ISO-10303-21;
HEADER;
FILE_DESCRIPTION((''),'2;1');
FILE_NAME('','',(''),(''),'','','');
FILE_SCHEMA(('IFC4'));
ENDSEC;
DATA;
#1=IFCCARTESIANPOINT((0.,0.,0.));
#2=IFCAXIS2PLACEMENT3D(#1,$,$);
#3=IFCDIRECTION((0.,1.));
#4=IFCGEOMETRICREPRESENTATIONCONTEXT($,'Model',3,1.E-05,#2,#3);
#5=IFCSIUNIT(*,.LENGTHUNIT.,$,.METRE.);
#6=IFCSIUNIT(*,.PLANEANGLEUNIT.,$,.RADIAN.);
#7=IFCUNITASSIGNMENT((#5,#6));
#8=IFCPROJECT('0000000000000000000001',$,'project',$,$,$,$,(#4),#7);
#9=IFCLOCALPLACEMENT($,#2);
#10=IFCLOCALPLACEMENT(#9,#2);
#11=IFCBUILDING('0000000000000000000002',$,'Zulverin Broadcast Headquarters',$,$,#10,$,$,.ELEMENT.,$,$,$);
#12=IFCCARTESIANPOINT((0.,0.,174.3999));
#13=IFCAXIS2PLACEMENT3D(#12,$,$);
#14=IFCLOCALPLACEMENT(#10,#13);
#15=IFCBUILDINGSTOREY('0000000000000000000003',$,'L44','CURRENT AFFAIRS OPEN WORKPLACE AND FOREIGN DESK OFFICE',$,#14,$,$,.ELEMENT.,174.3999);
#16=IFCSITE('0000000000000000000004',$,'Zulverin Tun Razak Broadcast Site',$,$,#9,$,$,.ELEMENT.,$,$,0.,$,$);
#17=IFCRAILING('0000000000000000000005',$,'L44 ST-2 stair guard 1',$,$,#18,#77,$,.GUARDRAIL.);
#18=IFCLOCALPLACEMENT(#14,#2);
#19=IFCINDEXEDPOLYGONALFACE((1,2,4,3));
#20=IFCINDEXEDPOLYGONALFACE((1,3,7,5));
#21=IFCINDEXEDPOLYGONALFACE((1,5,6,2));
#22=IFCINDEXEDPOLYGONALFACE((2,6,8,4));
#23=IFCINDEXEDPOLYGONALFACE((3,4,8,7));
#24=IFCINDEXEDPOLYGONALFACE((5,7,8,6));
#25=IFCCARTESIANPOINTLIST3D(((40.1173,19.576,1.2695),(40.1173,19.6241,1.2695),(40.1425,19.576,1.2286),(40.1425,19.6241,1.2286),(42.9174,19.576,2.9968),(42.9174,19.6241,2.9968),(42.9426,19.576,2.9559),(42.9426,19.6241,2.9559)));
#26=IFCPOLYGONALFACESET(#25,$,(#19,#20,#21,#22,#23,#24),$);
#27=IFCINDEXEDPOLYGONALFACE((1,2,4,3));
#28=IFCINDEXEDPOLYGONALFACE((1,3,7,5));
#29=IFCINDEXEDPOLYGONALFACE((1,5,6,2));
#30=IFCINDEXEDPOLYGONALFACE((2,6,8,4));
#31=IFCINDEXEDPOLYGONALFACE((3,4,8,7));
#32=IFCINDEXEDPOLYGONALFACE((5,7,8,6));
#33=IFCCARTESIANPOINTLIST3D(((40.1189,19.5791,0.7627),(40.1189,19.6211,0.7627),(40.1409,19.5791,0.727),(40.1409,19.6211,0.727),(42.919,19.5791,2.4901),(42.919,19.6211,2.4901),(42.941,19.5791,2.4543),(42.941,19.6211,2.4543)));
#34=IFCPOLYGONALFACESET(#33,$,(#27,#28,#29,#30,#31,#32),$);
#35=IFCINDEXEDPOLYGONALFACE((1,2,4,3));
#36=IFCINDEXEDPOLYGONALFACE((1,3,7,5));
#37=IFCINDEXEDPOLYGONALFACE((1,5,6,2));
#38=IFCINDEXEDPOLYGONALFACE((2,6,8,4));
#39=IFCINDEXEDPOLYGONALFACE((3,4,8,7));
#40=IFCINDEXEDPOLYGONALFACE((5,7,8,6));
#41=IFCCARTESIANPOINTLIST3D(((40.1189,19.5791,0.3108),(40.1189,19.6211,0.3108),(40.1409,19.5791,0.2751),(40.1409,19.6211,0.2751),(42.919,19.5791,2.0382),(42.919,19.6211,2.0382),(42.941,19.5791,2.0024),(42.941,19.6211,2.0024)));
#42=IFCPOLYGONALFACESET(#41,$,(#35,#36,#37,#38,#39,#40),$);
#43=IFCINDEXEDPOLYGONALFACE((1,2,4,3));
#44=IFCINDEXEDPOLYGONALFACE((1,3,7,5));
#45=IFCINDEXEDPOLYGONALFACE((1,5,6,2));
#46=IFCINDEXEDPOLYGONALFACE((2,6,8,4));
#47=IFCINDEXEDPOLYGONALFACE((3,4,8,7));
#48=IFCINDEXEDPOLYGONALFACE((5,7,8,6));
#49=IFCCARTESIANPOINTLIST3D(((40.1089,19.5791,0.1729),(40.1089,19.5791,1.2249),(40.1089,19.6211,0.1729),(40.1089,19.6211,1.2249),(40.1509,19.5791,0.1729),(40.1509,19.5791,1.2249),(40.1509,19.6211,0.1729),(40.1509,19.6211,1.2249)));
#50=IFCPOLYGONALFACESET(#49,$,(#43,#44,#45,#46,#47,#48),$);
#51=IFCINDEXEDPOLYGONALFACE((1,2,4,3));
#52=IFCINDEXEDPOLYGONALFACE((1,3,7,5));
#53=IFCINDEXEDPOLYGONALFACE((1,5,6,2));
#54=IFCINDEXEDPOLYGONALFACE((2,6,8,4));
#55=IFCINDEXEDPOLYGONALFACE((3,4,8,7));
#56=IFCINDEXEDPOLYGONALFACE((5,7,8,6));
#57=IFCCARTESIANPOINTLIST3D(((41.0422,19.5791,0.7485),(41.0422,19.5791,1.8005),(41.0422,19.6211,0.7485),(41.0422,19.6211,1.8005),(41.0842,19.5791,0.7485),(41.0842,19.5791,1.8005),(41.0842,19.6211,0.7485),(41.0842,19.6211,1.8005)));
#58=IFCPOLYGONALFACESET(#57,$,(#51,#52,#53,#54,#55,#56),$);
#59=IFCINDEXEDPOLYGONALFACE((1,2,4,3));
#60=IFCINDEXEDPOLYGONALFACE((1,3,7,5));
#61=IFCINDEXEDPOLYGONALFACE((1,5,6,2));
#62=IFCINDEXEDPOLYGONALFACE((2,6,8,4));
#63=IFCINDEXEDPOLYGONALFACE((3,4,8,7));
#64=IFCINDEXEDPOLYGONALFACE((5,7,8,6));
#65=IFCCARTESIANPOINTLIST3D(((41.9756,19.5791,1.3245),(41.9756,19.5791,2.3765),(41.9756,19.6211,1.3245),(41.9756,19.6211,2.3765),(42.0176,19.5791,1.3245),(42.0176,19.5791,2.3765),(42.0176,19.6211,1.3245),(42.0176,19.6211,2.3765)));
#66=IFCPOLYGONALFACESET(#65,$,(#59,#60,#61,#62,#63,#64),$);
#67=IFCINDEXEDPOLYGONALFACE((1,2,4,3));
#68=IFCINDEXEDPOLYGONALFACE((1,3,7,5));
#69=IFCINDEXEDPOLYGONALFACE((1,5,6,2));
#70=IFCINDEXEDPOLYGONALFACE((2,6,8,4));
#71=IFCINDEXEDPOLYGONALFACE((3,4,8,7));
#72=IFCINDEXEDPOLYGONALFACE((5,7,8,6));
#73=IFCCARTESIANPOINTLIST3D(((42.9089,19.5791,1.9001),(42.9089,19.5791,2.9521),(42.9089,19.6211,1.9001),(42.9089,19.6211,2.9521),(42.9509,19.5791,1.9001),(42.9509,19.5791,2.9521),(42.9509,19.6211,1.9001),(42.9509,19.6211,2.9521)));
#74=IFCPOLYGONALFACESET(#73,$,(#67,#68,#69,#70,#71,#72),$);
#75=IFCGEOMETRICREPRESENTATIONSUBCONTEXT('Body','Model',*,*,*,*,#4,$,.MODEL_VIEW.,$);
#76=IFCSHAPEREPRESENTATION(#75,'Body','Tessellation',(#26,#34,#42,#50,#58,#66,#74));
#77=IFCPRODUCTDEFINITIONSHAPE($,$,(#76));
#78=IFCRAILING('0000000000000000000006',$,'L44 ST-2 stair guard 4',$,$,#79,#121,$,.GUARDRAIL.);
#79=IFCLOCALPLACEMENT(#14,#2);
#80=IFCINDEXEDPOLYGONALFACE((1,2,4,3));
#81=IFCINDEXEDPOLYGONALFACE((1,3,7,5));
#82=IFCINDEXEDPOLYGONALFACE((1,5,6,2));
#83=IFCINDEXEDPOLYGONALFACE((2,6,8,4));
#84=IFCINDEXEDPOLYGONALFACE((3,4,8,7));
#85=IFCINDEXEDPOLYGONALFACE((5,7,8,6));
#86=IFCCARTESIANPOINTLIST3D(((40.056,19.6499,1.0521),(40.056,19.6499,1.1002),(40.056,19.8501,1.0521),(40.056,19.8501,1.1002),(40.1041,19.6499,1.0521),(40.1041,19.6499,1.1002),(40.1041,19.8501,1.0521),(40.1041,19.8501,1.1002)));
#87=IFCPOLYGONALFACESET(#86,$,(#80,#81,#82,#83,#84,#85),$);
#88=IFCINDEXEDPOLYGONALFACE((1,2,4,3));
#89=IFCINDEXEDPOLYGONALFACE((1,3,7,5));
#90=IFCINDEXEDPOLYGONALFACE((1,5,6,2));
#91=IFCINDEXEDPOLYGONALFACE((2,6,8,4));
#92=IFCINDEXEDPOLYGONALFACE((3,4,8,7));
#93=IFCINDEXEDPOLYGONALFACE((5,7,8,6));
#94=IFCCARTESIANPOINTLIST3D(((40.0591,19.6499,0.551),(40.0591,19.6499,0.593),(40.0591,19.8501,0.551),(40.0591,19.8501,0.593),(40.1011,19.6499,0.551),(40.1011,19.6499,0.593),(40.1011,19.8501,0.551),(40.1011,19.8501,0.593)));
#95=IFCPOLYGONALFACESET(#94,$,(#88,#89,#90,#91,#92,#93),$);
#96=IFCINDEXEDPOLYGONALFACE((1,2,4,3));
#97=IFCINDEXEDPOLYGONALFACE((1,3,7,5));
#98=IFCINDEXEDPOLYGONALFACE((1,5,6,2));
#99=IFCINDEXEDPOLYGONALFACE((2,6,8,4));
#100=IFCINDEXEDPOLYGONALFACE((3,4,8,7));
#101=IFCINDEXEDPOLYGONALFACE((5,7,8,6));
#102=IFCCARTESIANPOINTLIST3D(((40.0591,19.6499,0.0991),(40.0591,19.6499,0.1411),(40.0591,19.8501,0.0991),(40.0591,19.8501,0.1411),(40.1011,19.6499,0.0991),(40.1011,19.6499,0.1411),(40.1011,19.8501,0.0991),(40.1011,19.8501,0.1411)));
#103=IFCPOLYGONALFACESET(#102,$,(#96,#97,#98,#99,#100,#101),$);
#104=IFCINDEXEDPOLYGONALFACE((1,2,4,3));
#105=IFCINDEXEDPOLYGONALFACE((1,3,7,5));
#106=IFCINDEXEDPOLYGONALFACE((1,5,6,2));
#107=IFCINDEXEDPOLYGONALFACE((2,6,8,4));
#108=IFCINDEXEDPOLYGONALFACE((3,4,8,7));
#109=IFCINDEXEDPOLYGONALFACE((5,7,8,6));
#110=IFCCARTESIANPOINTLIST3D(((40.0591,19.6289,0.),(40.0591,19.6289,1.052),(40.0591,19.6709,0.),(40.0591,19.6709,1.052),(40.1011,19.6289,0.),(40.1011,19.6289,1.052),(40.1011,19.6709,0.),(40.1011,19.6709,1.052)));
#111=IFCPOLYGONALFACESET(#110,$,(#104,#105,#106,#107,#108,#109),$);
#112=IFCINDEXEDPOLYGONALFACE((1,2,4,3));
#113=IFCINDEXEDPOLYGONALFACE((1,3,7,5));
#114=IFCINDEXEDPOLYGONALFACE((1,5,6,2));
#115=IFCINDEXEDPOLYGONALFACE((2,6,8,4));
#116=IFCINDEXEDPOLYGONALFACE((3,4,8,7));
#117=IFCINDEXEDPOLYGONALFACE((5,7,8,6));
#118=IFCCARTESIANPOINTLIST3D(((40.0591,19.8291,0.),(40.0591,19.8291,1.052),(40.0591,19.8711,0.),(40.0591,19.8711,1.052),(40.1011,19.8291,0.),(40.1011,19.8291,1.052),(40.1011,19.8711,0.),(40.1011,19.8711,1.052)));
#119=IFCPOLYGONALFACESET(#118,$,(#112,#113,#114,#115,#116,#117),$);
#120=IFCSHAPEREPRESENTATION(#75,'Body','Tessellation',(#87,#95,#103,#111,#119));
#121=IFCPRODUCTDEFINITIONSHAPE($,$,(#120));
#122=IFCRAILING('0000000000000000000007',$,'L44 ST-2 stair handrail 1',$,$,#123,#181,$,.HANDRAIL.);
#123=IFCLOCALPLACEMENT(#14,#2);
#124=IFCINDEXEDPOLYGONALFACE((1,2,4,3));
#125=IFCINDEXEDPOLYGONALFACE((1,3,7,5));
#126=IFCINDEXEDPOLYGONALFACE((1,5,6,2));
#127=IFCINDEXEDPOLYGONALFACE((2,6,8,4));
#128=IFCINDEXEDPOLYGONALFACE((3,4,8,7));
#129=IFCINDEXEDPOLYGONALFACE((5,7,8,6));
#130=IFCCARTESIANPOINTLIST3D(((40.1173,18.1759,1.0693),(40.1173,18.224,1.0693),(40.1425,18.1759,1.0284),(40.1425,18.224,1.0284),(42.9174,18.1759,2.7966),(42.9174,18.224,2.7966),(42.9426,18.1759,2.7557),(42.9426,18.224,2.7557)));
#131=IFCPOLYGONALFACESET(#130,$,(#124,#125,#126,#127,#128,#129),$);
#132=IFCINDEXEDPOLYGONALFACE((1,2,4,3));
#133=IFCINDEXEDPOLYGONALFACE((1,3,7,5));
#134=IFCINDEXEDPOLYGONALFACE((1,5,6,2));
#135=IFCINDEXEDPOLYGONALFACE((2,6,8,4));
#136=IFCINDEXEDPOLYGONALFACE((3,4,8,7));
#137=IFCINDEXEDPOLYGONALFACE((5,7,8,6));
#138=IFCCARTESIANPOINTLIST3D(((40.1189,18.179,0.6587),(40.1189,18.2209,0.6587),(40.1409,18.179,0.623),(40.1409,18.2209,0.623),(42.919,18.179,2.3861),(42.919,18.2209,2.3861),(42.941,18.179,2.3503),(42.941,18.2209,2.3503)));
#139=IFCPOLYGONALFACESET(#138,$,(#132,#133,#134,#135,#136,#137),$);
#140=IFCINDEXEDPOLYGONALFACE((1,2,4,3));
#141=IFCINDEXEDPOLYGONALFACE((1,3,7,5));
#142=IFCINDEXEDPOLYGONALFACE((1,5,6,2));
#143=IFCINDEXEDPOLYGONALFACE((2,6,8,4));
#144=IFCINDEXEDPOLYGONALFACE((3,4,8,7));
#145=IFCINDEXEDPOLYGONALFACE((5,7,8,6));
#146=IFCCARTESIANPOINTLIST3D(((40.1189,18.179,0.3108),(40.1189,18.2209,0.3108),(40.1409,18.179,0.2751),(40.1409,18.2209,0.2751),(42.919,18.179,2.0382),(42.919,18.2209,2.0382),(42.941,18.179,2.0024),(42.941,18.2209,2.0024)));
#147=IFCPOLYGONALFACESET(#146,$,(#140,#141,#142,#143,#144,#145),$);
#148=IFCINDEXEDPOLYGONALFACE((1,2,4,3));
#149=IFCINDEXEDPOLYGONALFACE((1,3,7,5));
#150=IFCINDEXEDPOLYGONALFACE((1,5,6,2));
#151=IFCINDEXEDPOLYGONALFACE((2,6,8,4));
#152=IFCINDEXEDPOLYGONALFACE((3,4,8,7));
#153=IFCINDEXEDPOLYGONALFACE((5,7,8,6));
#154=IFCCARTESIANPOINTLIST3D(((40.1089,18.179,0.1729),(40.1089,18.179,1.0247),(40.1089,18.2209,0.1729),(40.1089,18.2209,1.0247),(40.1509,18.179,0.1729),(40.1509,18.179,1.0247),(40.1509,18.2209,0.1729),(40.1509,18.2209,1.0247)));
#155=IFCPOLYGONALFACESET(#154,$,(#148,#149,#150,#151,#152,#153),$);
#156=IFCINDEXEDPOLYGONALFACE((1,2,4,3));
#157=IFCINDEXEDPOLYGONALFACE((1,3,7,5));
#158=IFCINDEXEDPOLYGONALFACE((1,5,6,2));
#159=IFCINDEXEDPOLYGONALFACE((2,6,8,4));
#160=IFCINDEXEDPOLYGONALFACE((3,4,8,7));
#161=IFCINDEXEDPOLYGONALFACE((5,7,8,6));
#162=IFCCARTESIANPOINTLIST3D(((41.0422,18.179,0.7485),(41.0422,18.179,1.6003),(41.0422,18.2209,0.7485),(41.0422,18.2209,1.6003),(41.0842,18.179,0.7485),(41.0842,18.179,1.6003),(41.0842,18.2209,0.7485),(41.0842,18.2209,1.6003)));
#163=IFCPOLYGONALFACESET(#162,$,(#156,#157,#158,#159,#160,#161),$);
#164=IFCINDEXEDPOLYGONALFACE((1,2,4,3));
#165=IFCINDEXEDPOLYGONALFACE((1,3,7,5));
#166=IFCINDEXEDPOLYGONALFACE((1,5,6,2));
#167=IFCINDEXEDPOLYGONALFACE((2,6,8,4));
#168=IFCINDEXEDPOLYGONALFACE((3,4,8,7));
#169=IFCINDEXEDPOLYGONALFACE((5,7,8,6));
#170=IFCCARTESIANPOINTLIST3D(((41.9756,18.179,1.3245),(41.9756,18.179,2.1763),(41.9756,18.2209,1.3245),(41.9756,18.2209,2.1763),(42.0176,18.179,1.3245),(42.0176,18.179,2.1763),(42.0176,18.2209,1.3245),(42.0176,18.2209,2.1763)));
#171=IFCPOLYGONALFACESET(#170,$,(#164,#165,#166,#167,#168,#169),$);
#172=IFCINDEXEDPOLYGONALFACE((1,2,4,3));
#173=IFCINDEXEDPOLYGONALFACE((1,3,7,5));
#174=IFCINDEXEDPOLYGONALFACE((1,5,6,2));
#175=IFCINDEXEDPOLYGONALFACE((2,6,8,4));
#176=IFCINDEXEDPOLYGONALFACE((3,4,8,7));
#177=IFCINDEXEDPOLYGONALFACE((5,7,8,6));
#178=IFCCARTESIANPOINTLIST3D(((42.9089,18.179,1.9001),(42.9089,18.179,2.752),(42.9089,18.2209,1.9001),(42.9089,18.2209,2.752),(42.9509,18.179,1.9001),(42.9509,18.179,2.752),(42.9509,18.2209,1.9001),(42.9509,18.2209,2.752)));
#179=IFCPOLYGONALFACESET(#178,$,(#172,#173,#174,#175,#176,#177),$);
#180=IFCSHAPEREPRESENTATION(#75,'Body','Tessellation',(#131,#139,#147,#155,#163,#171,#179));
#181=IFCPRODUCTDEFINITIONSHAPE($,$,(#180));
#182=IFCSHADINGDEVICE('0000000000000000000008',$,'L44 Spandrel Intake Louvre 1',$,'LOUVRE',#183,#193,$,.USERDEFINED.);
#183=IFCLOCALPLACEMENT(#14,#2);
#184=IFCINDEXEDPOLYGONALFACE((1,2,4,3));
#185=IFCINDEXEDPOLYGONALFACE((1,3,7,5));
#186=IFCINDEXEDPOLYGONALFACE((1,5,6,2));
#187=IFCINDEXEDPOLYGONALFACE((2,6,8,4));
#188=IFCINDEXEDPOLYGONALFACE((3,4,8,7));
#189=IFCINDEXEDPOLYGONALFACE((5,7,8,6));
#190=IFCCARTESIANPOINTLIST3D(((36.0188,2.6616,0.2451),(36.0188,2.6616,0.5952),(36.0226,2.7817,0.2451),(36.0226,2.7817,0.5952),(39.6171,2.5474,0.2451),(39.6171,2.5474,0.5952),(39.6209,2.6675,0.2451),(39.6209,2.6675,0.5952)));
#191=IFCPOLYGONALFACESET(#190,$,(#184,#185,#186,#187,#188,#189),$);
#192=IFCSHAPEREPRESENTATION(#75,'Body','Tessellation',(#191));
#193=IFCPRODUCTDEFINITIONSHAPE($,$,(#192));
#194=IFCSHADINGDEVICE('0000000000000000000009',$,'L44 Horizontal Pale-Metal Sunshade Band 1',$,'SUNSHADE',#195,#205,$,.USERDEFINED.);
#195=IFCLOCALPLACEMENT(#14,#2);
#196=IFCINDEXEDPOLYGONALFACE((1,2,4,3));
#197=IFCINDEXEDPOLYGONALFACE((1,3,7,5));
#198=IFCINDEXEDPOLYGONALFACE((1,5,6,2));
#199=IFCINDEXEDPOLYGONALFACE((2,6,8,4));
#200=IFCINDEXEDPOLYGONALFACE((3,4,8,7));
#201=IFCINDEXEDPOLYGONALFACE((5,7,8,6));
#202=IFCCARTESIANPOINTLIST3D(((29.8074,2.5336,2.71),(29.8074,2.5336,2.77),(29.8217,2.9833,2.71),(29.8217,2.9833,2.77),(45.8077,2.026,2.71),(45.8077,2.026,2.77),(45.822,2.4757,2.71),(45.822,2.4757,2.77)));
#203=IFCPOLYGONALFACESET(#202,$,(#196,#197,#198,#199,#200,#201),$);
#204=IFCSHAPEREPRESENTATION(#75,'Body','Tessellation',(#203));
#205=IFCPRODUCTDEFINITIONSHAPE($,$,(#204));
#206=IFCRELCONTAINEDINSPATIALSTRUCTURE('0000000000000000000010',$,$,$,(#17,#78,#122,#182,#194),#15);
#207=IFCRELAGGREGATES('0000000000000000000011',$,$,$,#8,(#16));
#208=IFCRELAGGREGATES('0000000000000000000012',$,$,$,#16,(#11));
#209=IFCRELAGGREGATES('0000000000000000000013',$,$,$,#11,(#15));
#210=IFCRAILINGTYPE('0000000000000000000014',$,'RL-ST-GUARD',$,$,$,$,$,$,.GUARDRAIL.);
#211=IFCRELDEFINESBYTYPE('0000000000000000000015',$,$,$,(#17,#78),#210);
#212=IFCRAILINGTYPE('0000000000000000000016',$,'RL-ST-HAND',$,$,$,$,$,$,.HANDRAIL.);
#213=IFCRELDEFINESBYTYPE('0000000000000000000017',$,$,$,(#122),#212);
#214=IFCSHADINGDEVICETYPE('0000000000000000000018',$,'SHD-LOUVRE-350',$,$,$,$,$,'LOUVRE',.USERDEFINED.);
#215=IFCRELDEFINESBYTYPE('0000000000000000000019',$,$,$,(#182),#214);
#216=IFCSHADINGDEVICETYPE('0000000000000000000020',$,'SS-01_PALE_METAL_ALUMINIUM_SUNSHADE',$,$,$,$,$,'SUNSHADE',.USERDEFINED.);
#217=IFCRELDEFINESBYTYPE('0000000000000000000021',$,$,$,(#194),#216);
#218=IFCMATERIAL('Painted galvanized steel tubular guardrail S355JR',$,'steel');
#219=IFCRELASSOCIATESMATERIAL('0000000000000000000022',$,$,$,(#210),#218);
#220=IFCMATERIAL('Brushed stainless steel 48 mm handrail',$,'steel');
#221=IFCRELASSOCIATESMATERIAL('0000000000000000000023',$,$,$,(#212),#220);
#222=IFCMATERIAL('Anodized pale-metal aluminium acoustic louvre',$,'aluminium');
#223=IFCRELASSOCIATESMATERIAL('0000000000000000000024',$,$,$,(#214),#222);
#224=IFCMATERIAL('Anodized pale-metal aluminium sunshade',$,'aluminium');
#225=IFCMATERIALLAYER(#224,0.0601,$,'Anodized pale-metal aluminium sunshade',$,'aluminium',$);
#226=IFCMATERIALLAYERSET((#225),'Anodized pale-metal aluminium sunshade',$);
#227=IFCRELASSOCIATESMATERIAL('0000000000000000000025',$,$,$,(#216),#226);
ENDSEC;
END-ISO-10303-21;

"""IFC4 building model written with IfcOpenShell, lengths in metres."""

from ifc_helpers import new_model, si_unit, direction, frame, origin, origin_2d, place, context, subcontext, project, spatial, rectangle, extrude, material, layer, layer_set, type_object, element, save


model = new_model("IFC4")

# Units and contexts
model_context = context("Model", 3, precision=1e-05, world=origin(), true_north=direction((0.0, 1.0)))
body_context = subcontext(model_context, "Body", "Model", "MODEL_VIEW")
ifc_project = project(units=[si_unit("LENGTHUNIT", "METRE"), si_unit("PLANEANGLEUNIT", "RADIAN")], contexts=[model_context])

# Site, building, storey
site_placement = place(None, origin())
site = spatial("IfcSite", under=ifc_project, at=site_placement, Name="Zulverin Tun Razak Broadcast Site", CompositionType="ELEMENT", RefElevation=0.0)
building_placement = place(site_placement, origin())
building = spatial("IfcBuilding", under=site, at=building_placement, Name="Zulverin Broadcast Headquarters", CompositionType="ELEMENT")
storey_placement = place(building_placement, frame((0.0, 0.0, 174.3999)))
storey = spatial("IfcBuildingStorey", under=building, at=storey_placement, Name="L44", Description="CURRENT AFFAIRS OPEN WORKPLACE AND FOREIGN DESK OFFICE", CompositionType="ELEMENT", Elevation=174.3999)

# Railings
ifc_material_1 = material(Name="Painted galvanized steel tubular guardrail S355JR", Category="steel")
railing_type_1 = type_object("IfcRailingType", Name="RL-ST-GUARD", PredefinedType="GUARDRAIL", material=ifc_material_1)
railing_1_placement = place(storey_placement, frame((40.1299, 19.6001, 0.1729)))
element("IfcRailing", 1, at=railing_1_placement, inside=storey, type_object=railing_type_1, Name="L44 ST-2 stair guard 1", PredefinedType="GUARDRAIL", context=body_context, shape_type="SweptSolid", body=[
    extrude(rectangle(XDim=0.0481, YDim=0.0481, at=origin_2d()), frame((0.0, 0.0, 1.0762), z_axis=(0.85109, 0.0, 0.52502), x_axis=(0.0, 1.0, 0.0)), (0.0, 0.0, 1.0), 3.29),
    extrude(rectangle(XDim=0.042, YDim=0.042, at=origin_2d()), frame((0.0, 0.0, 0.572), z_axis=(0.85109, 0.0, 0.52502), x_axis=(0.0, 1.0, 0.0)), (0.0, 0.0, 1.0), 3.29),
    extrude(rectangle(XDim=0.042, YDim=0.042, at=origin_2d()), frame((0.0, 0.0, 0.1201), z_axis=(0.85109, 0.0, 0.52502), x_axis=(0.0, 1.0, 0.0)), (0.0, 0.0, 1.0), 3.29),
    extrude(rectangle(XDim=0.042, YDim=0.042, at=origin_2d()), origin(), (0.0, 0.0, 1.0), 1.052),
    extrude(rectangle(XDim=0.042, YDim=0.042, at=origin_2d()), frame((0.9333, 0.0, 0.5757)), (0.0, 0.0, 1.0), 1.052),
    extrude(rectangle(XDim=0.042, YDim=0.042, at=origin_2d()), frame((1.8667, 0.0, 1.1516)), (0.0, 0.0, 1.0), 1.052),
    extrude(rectangle(XDim=0.042, YDim=0.042, at=origin_2d()), frame((2.8, 0.0, 1.7273)), (0.0, 0.0, 1.0), 1.052),
])
railing_2_placement = place(storey_placement, frame((40.0801, 19.6499, 0.0)))
element("IfcRailing", 2, at=railing_2_placement, inside=storey, type_object=railing_type_1, Name="L44 ST-2 stair guard 4", PredefinedType="GUARDRAIL", context=body_context, shape_type="SweptSolid", body=[
    extrude(rectangle(XDim=0.0481, YDim=0.0481, at=origin_2d()), frame((0.0, 0.0, 1.0762), z_axis=(0.0, 1.0, 0.0), x_axis=(-1.0, 0.0, 0.0)), (0.0, 0.0, 1.0), 0.2002),
    extrude(rectangle(XDim=0.042, YDim=0.042, at=origin_2d()), frame((0.0, 0.0, 0.572), z_axis=(0.0, 1.0, 0.0), x_axis=(-1.0, 0.0, 0.0)), (0.0, 0.0, 1.0), 0.2002),
    extrude(rectangle(XDim=0.042, YDim=0.042, at=origin_2d()), frame((0.0, 0.0, 0.1201), z_axis=(0.0, 1.0, 0.0), x_axis=(-1.0, 0.0, 0.0)), (0.0, 0.0, 1.0), 0.2002),
    extrude(rectangle(XDim=0.042, YDim=0.042, at=origin_2d()), origin(), (0.0, 0.0, 1.0), 1.052),
    extrude(rectangle(XDim=0.042, YDim=0.042, at=origin_2d()), frame((0.0, 0.2002, 0.0)), (0.0, 0.0, 1.0), 1.052),
])
ifc_material_2 = material(Name="Brushed stainless steel 48 mm handrail", Category="steel")
railing_type_2 = type_object("IfcRailingType", Name="RL-ST-HAND", PredefinedType="HANDRAIL", material=ifc_material_2)
railing_3_placement = place(storey_placement, frame((40.1299, 18.2, 0.1729)))
element("IfcRailing", 3, at=railing_3_placement, inside=storey, type_object=railing_type_2, Name="L44 ST-2 stair handrail 1", PredefinedType="HANDRAIL", context=body_context, shape_type="SweptSolid", body=[
    extrude(rectangle(XDim=0.0481, YDim=0.0481, at=origin_2d()), frame((0.0, 0.0, 0.876), z_axis=(0.85109, 0.0, 0.52502), x_axis=(0.0, 1.0, 0.0)), (0.0, 0.0, 1.0), 3.29),
    extrude(rectangle(XDim=0.042, YDim=0.042, at=origin_2d()), frame((0.0, 0.0, 0.468), z_axis=(0.85109, 0.0, 0.52502), x_axis=(0.0, 1.0, 0.0)), (0.0, 0.0, 1.0), 3.29),
    extrude(rectangle(XDim=0.042, YDim=0.042, at=origin_2d()), frame((0.0, 0.0, 0.1201), z_axis=(0.85109, 0.0, 0.52502), x_axis=(0.0, 1.0, 0.0)), (0.0, 0.0, 1.0), 3.29),
    extrude(rectangle(XDim=0.042, YDim=0.042, at=origin_2d()), origin(), (0.0, 0.0, 1.0), 0.8518),
    extrude(rectangle(XDim=0.042, YDim=0.042, at=origin_2d()), frame((0.9333, 0.0, 0.5757)), (0.0, 0.0, 1.0), 0.8518),
    extrude(rectangle(XDim=0.042, YDim=0.042, at=origin_2d()), frame((1.8667, 0.0, 1.1516)), (0.0, 0.0, 1.0), 0.8518),
    extrude(rectangle(XDim=0.042, YDim=0.042, at=origin_2d()), frame((2.8, 0.0, 1.7273)), (0.0, 0.0, 1.0), 0.8518),
])

# Shading devices
ifc_material_3 = material(Name="Anodized pale-metal aluminium acoustic louvre", Category="aluminium")
shading_device_type_1 = type_object("IfcShadingDeviceType", Name="SHD-LOUVRE-350", ElementType="LOUVRE", PredefinedType="USERDEFINED", material=ifc_material_3)
shading_device_1_placement = place(storey_placement, frame((37.8198, 2.6646, 0.2451), z_axis=(0.0, 0.0, 1.0), x_axis=(0.999497, -0.031709, 0.0)))
element("IfcShadingDevice", 4, at=shading_device_1_placement, inside=storey, type_object=shading_device_type_1, Name="L44 Spandrel Intake Louvre 1", ObjectType="LOUVRE", PredefinedType="USERDEFINED", context=body_context, shape_type="SweptSolid", body=[
    extrude(rectangle(XDim=3.6001, YDim=0.1201, at=origin_2d()), origin(), (0.0, 0.0, 1.0), 0.3501),
])
ifc_material_4 = material(Name="Anodized pale-metal aluminium sunshade", Category="aluminium")
ifc_layer_1 = layer(ifc_material_4, 0.0601, Name="Anodized pale-metal aluminium sunshade", Category="aluminium")
ifc_layer_set_1 = layer_set([ifc_layer_1], Name="Anodized pale-metal aluminium sunshade")
shading_device_type_2 = type_object("IfcShadingDeviceType", Name="SS-01_PALE_METAL_ALUMINIUM_SUNSHADE", ElementType="SUNSHADE", PredefinedType="USERDEFINED", material=ifc_layer_set_1)
shading_device_2_placement = place(storey_placement, frame((37.8147, 2.5046, 2.71), z_axis=(0.0, 0.0, 1.0), x_axis=(0.999497, -0.031709, 0.0)))
element("IfcShadingDevice", 5, at=shading_device_2_placement, inside=storey, type_object=shading_device_type_2, Name="L44 Horizontal Pale-Metal Sunshade Band 1", ObjectType="SUNSHADE", PredefinedType="USERDEFINED", context=body_context, shape_type="SweptSolid", body=[
    extrude(rectangle(XDim=16.0083, YDim=0.45, at=origin_2d()), origin(), (0.0, 0.0, 1.0), 0.0601),
])

save(model, "model.ifc")
